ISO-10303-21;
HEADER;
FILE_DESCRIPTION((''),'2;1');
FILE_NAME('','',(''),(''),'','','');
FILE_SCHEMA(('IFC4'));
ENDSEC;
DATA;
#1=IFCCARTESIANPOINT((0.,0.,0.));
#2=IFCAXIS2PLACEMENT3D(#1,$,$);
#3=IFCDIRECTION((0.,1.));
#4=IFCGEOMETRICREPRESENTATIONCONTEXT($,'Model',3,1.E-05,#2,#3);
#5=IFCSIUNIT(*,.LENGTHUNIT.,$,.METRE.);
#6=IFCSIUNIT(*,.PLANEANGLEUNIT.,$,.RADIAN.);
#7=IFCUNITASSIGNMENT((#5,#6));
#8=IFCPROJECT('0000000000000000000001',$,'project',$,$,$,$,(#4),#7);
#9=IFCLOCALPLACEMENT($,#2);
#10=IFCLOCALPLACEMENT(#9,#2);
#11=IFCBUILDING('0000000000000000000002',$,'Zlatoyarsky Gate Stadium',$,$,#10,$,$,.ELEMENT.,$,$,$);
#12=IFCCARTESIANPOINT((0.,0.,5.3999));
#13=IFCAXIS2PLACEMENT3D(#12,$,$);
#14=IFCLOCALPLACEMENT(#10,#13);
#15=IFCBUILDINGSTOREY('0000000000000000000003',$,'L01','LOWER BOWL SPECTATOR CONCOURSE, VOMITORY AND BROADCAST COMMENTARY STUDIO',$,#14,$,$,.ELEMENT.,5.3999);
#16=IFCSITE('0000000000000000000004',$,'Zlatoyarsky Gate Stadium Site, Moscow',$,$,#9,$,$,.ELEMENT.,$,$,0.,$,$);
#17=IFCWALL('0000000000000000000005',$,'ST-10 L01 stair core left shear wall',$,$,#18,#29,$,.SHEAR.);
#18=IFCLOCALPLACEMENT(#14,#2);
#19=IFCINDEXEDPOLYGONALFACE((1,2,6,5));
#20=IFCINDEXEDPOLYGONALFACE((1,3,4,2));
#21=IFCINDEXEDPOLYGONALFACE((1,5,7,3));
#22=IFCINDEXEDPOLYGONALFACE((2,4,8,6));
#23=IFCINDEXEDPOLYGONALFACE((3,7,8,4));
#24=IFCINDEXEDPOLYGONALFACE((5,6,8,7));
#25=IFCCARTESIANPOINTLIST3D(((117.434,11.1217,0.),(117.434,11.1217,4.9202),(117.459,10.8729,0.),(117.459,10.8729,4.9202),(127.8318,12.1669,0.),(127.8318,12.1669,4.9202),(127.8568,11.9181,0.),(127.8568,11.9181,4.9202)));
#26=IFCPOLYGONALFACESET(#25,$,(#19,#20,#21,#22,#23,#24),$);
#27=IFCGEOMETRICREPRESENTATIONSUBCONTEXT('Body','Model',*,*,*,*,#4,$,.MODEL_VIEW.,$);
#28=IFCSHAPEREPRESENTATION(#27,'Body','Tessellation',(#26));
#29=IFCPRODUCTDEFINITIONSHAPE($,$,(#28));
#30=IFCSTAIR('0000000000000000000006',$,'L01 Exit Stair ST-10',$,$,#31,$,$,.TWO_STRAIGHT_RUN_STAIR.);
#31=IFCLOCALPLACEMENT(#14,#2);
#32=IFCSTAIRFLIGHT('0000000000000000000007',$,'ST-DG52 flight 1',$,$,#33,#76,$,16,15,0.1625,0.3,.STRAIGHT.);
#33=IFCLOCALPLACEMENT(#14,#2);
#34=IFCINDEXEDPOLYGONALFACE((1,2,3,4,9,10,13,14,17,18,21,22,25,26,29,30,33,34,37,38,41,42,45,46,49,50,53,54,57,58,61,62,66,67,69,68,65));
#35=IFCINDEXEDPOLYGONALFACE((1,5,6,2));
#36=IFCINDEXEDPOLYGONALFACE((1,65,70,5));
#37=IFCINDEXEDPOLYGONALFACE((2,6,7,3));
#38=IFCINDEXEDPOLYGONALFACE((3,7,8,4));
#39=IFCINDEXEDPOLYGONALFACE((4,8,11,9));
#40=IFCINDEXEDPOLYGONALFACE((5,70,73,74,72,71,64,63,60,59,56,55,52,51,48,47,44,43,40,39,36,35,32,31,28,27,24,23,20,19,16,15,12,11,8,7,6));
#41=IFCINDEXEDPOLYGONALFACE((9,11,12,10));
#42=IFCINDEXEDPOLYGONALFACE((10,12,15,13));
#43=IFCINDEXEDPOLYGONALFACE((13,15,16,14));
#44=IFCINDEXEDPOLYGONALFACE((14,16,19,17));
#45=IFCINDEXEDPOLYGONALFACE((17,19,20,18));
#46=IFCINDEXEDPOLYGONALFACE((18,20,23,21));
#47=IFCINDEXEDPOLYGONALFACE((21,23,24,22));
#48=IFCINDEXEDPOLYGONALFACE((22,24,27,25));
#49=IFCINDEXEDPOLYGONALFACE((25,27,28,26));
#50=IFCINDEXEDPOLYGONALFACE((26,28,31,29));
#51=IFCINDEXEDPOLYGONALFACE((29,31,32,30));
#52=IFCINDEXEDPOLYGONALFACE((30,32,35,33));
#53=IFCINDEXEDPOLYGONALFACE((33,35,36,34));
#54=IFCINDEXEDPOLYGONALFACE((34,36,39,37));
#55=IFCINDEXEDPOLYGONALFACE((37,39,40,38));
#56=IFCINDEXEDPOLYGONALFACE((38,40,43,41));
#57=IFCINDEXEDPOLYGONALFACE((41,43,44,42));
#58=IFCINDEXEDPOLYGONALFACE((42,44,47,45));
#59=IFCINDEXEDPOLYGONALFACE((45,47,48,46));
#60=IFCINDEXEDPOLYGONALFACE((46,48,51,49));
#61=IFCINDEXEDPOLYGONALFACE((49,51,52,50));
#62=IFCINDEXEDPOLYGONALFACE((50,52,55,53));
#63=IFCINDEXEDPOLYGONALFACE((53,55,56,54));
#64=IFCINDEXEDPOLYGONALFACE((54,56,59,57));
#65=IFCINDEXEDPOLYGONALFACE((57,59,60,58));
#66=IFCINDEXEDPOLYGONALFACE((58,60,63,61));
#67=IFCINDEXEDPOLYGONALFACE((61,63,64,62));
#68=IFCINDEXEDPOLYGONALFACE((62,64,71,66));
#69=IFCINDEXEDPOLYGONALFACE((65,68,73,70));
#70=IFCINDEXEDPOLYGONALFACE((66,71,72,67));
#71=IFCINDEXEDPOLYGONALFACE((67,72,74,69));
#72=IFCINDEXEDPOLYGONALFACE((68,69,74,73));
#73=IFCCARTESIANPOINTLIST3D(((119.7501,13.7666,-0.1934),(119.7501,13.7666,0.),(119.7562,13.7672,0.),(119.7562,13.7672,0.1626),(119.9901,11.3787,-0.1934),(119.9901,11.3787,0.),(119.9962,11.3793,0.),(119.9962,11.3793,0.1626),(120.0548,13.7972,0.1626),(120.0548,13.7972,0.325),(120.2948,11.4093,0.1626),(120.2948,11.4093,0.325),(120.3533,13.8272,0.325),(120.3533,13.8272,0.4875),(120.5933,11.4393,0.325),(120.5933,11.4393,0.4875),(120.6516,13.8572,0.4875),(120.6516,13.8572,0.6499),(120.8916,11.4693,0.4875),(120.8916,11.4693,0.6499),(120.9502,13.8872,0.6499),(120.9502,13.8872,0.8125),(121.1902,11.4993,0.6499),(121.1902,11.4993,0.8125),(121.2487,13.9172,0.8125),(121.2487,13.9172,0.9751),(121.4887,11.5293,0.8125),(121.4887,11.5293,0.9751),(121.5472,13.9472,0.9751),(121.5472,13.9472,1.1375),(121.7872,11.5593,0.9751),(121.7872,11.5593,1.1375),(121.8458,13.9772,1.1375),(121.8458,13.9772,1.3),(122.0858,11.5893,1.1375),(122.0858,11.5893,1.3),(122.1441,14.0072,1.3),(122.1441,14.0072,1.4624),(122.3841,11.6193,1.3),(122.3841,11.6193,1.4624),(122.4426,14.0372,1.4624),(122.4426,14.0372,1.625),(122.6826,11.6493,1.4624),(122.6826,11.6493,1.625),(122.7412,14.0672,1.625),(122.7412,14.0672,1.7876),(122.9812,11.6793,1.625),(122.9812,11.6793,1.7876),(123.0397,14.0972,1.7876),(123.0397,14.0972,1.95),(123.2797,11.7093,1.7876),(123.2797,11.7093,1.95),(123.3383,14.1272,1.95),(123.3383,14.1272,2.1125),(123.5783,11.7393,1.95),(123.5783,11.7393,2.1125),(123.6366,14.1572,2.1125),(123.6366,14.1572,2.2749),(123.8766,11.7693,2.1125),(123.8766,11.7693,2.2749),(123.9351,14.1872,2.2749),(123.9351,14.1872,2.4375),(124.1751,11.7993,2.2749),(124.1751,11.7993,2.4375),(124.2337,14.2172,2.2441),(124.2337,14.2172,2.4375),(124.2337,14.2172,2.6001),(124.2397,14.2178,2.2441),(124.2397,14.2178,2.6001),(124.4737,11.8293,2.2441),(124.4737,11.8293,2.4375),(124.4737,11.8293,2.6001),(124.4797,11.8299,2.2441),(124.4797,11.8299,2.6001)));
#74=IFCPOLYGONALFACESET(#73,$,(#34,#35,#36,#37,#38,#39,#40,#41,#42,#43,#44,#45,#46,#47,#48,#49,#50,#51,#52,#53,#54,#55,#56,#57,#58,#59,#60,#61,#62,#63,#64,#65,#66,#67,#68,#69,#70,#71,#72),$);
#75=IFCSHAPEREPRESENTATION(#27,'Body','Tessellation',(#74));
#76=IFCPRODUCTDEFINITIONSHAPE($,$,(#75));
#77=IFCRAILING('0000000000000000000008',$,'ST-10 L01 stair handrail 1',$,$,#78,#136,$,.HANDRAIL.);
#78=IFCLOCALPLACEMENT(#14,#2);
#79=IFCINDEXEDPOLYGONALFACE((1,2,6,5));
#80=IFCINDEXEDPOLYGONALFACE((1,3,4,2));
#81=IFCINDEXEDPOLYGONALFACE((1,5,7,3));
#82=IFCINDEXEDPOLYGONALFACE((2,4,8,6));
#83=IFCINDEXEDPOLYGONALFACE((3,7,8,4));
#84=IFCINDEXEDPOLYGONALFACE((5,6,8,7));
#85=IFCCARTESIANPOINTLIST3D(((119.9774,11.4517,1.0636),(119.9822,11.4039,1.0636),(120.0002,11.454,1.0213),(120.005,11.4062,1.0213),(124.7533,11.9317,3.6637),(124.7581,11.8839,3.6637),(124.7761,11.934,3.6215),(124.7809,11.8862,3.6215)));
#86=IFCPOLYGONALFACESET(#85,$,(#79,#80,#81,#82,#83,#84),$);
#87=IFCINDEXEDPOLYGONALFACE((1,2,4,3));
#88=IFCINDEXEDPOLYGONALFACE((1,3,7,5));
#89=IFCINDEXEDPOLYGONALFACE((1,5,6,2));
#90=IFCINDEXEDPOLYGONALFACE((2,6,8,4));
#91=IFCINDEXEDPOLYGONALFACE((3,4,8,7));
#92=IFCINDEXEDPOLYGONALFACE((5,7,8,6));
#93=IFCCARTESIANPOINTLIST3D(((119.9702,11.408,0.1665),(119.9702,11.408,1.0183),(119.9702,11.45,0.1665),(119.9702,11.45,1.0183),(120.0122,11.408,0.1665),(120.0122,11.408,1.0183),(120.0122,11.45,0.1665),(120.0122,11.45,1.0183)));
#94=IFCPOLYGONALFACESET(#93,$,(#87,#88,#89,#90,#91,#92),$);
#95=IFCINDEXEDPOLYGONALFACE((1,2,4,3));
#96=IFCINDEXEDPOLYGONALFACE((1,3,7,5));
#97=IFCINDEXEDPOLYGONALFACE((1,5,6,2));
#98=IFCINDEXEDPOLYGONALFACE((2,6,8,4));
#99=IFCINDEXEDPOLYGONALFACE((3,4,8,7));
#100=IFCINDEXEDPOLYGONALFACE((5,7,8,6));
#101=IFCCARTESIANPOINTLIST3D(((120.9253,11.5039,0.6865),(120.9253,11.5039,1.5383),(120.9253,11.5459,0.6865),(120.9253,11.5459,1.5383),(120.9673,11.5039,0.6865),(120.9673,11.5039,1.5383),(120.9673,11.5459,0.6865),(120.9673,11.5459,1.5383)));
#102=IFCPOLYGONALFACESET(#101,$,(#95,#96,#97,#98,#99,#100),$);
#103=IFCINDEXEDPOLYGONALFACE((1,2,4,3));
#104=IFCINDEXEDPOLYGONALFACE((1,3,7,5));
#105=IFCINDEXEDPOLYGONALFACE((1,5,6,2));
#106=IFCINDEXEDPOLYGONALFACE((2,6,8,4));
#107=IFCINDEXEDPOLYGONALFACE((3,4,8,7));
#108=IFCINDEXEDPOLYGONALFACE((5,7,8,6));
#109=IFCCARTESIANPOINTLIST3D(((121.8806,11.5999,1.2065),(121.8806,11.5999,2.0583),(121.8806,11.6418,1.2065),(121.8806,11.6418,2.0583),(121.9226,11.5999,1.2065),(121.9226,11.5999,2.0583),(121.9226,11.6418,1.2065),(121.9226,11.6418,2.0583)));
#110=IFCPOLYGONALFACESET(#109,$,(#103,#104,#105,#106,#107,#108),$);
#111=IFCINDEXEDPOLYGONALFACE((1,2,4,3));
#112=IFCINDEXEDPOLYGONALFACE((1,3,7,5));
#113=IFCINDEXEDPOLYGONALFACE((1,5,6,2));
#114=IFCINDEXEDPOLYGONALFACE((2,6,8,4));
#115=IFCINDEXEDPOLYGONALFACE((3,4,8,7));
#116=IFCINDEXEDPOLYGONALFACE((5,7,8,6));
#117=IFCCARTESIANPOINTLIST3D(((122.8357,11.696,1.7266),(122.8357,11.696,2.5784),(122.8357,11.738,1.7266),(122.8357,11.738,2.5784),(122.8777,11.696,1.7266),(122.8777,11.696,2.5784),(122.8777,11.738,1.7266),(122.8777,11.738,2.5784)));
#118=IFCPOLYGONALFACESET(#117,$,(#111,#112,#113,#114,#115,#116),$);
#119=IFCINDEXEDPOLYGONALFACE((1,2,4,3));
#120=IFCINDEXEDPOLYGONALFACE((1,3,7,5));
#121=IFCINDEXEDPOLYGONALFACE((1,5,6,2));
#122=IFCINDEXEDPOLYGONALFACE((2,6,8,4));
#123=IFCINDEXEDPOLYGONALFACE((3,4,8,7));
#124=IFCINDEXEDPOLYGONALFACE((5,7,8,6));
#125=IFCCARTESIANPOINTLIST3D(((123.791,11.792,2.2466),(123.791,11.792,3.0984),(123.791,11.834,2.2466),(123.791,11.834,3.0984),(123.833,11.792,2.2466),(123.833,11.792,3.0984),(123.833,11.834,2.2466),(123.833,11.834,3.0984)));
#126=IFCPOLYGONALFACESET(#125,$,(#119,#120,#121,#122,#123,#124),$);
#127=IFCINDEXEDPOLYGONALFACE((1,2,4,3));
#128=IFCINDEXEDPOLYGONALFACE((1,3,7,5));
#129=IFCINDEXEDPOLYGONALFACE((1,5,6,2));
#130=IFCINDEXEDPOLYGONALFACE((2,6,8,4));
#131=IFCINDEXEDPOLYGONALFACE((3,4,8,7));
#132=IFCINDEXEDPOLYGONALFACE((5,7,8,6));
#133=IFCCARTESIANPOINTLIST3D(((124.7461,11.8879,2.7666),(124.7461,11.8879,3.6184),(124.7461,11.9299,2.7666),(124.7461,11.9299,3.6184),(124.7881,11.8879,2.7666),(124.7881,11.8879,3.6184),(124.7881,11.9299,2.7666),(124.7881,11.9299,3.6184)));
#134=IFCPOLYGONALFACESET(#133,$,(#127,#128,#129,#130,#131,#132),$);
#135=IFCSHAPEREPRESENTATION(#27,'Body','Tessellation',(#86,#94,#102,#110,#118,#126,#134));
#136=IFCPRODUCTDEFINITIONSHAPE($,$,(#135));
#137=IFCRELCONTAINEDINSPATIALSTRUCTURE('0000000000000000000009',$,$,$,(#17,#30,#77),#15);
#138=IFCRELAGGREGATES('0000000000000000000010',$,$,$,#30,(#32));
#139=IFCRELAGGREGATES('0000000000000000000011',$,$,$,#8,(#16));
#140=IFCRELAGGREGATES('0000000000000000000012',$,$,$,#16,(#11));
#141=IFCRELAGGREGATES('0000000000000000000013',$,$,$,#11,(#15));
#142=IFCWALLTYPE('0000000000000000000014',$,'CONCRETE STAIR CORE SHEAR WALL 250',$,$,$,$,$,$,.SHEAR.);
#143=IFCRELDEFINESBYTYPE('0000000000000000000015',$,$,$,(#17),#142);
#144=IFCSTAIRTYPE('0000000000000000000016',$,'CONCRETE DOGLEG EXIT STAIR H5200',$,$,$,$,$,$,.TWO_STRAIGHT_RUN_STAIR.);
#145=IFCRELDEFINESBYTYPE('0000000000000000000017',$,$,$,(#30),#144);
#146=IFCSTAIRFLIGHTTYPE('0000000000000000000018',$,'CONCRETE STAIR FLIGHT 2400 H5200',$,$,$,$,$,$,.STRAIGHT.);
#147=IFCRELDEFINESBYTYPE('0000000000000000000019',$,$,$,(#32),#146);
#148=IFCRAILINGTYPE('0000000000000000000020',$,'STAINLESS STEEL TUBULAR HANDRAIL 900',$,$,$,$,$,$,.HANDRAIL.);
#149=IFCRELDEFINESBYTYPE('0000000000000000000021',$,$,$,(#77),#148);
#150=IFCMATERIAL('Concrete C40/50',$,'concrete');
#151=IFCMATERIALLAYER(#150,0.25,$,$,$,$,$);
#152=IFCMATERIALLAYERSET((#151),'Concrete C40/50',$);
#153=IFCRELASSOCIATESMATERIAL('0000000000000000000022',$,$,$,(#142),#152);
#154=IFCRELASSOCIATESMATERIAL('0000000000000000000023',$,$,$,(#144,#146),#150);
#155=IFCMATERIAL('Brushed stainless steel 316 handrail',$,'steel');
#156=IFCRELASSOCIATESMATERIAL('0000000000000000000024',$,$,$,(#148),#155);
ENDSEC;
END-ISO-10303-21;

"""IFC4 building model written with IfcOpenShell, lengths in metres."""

from ifc_helpers import new_model, si_unit, direction, frame, frame_2d, origin, origin_2d, place, context, subcontext, project, spatial, polyline, rectangle, outline, extrude, material, layer, layer_set, type_object, element, aggregate, save


model = new_model("IFC4")

# Units and contexts
model_context = context("Model", 3, precision=1e-05, world=origin(), true_north=direction((0.0, 1.0)))
body_context = subcontext(model_context, "Body", "Model", "MODEL_VIEW")
ifc_project = project(units=[si_unit("LENGTHUNIT", "METRE"), si_unit("PLANEANGLEUNIT", "RADIAN")], contexts=[model_context])

# Site, building, storey
site_placement = place(None, origin())
site = spatial("IfcSite", under=ifc_project, at=site_placement, Name="Zlatoyarsky Gate Stadium Site, Moscow", CompositionType="ELEMENT", RefElevation=0.0)
building_placement = place(site_placement, origin())
building = spatial("IfcBuilding", under=site, at=building_placement, Name="Zlatoyarsky Gate Stadium", CompositionType="ELEMENT")
storey_placement = place(building_placement, frame((0.0, 0.0, 5.3999)))
storey = spatial("IfcBuildingStorey", under=building, at=storey_placement, Name="L01", Description="LOWER BOWL SPECTATOR CONCOURSE, VOMITORY AND BROADCAST COMMENTARY STUDIO", CompositionType="ELEMENT", Elevation=5.3999)

# Shared definitions
ifc_material_1 = material(Name="Concrete C40/50", Category="concrete")

# Wall
ifc_layer_1 = layer(ifc_material_1, 0.25)
ifc_layer_set_1 = layer_set([ifc_layer_1], Name="Concrete C40/50")
wall_type = type_object("IfcWallType", Name="CONCRETE STAIR CORE SHEAR WALL 250", PredefinedType="SHEAR", material=ifc_layer_set_1)
wall_placement = place(storey_placement, frame((117.4465, 10.9973, 0.0), z_axis=(0.0, 0.0, 1.0), x_axis=(0.994986, 0.100015, 0.0)))
element("IfcWall", 1, at=wall_placement, inside=storey, type_object=wall_type, Name="ST-10 L01 stair core left shear wall", PredefinedType="SHEAR", context=body_context, shape_type="SweptSolid", body=[
    extrude(rectangle(XDim=10.4502, YDim=0.25, at=frame_2d((5.2251, 0.0))), origin(), (0.0, 0.0, 1.0), 4.9202),
])

# Stair, stair flight
stair_type = type_object("IfcStairType", Name="CONCRETE DOGLEG EXIT STAIR H5200", PredefinedType="TWO_STRAIGHT_RUN_STAIR", material=ifc_material_1)
stair_placement = place(storey_placement, origin())
stair = element("IfcStair", 2, at=stair_placement, inside=storey, type_object=stair_type, Name="L01 Exit Stair ST-10", PredefinedType="TWO_STRAIGHT_RUN_STAIR")
stair_flight_type = type_object("IfcStairFlightType", Name="CONCRETE STAIR FLIGHT 2400 H5200", PredefinedType="STRAIGHT", material=ifc_material_1)
stair_flight_placement = place(storey_placement, frame((119.8762, 12.5732, 0.0), z_axis=(0.0, 0.0, 1.0), x_axis=(0.994987, 0.100006, 0.0)))
stair_flight = element("IfcStairFlight", 3, at=stair_flight_placement, type_object=stair_flight_type, Name="ST-DG52 flight 1", NumberOfRisers=16, NumberOfTreads=15, PredefinedType="STRAIGHT", RiserHeight=0.1625, TreadLength=0.3, context=body_context, shape_type="SweptSolid", body=[
    extrude(outline(polyline([(-0.0061, -0.1934), (-0.0061, 0.0), (0.0, 0.0), (0.0, 0.1626), (0.3, 0.1626), (0.3, 0.325), (0.6001, 0.325), (0.6001, 0.4875), (0.8999, 0.4875), (0.8999, 0.6499), (1.2, 0.6499), (1.2, 0.8125), (1.5, 0.8125), (1.5, 0.9751), (1.8, 0.9751), (1.8, 1.1375), (2.1001, 1.1375), (2.1001, 1.3), (2.3999, 1.3), (2.3999, 1.4624), (2.7, 1.4624), (2.7, 1.625), (3.0, 1.625), (3.0, 1.7876), (3.3, 1.7876), (3.3, 1.95), (3.6001, 1.95), (3.6001, 2.1125), (3.8999, 2.1125), (3.8999, 2.2749), (4.2, 2.2749), (4.2, 2.4375), (4.5, 2.4375), (4.5, 2.6001), (4.5061, 2.6001), (4.5061, 2.2441), (4.5, 2.2441), (-0.0061, -0.1934)])), frame((0.0, 1.2, 0.0), z_axis=(0.0, -1.0, 0.0), x_axis=(1.0, 0.0, 0.0)), (0.0, 0.0, 1.0), 2.3999),
])
aggregate(stair, [stair_flight])

# Railing
ifc_material_2 = material(Name="Brushed stainless steel 316 handrail", Category="steel")
railing_type = type_object("IfcRailingType", Name="STAINLESS STEEL TUBULAR HANDRAIL 900", PredefinedType="HANDRAIL", material=ifc_material_2)
railing_placement = place(storey_placement, frame((119.9912, 11.429, 0.1665)))
element("IfcRailing", 4, at=railing_placement, inside=storey, type_object=railing_type, Name="ST-10 L01 stair handrail 1", PredefinedType="HANDRAIL", context=body_context, shape_type="SweptSolid", body=[
    extrude(rectangle(XDim=0.0481, YDim=0.0481, at=origin_2d()), frame((0.0, 0.0, 0.876), z_axis=(0.874875, 0.087926, 0.476302), x_axis=(-0.099997, 0.994988, 0.0)), (0.0, 0.0, 1.0), 5.459),
    extrude(rectangle(XDim=0.042, YDim=0.042, at=origin_2d()), origin(), (0.0, 0.0, 1.0), 0.8518),
    extrude(rectangle(XDim=0.042, YDim=0.042, at=origin_2d()), frame((0.9551, 0.0959, 0.52)), (0.0, 0.0, 1.0), 0.8518),
    extrude(rectangle(XDim=0.042, YDim=0.042, at=origin_2d()), frame((1.9104, 0.1919, 1.04)), (0.0, 0.0, 1.0), 0.8518),
    extrude(rectangle(XDim=0.042, YDim=0.042, at=origin_2d()), frame((2.8655, 0.2881, 1.5601)), (0.0, 0.0, 1.0), 0.8518),
    extrude(rectangle(XDim=0.042, YDim=0.042, at=origin_2d()), frame((3.8208, 0.384, 2.0801)), (0.0, 0.0, 1.0), 0.8518),
    extrude(rectangle(XDim=0.042, YDim=0.042, at=origin_2d()), frame((4.7759, 0.48, 2.6001)), (0.0, 0.0, 1.0), 0.8518),
])

save(model, "model.ifc")
